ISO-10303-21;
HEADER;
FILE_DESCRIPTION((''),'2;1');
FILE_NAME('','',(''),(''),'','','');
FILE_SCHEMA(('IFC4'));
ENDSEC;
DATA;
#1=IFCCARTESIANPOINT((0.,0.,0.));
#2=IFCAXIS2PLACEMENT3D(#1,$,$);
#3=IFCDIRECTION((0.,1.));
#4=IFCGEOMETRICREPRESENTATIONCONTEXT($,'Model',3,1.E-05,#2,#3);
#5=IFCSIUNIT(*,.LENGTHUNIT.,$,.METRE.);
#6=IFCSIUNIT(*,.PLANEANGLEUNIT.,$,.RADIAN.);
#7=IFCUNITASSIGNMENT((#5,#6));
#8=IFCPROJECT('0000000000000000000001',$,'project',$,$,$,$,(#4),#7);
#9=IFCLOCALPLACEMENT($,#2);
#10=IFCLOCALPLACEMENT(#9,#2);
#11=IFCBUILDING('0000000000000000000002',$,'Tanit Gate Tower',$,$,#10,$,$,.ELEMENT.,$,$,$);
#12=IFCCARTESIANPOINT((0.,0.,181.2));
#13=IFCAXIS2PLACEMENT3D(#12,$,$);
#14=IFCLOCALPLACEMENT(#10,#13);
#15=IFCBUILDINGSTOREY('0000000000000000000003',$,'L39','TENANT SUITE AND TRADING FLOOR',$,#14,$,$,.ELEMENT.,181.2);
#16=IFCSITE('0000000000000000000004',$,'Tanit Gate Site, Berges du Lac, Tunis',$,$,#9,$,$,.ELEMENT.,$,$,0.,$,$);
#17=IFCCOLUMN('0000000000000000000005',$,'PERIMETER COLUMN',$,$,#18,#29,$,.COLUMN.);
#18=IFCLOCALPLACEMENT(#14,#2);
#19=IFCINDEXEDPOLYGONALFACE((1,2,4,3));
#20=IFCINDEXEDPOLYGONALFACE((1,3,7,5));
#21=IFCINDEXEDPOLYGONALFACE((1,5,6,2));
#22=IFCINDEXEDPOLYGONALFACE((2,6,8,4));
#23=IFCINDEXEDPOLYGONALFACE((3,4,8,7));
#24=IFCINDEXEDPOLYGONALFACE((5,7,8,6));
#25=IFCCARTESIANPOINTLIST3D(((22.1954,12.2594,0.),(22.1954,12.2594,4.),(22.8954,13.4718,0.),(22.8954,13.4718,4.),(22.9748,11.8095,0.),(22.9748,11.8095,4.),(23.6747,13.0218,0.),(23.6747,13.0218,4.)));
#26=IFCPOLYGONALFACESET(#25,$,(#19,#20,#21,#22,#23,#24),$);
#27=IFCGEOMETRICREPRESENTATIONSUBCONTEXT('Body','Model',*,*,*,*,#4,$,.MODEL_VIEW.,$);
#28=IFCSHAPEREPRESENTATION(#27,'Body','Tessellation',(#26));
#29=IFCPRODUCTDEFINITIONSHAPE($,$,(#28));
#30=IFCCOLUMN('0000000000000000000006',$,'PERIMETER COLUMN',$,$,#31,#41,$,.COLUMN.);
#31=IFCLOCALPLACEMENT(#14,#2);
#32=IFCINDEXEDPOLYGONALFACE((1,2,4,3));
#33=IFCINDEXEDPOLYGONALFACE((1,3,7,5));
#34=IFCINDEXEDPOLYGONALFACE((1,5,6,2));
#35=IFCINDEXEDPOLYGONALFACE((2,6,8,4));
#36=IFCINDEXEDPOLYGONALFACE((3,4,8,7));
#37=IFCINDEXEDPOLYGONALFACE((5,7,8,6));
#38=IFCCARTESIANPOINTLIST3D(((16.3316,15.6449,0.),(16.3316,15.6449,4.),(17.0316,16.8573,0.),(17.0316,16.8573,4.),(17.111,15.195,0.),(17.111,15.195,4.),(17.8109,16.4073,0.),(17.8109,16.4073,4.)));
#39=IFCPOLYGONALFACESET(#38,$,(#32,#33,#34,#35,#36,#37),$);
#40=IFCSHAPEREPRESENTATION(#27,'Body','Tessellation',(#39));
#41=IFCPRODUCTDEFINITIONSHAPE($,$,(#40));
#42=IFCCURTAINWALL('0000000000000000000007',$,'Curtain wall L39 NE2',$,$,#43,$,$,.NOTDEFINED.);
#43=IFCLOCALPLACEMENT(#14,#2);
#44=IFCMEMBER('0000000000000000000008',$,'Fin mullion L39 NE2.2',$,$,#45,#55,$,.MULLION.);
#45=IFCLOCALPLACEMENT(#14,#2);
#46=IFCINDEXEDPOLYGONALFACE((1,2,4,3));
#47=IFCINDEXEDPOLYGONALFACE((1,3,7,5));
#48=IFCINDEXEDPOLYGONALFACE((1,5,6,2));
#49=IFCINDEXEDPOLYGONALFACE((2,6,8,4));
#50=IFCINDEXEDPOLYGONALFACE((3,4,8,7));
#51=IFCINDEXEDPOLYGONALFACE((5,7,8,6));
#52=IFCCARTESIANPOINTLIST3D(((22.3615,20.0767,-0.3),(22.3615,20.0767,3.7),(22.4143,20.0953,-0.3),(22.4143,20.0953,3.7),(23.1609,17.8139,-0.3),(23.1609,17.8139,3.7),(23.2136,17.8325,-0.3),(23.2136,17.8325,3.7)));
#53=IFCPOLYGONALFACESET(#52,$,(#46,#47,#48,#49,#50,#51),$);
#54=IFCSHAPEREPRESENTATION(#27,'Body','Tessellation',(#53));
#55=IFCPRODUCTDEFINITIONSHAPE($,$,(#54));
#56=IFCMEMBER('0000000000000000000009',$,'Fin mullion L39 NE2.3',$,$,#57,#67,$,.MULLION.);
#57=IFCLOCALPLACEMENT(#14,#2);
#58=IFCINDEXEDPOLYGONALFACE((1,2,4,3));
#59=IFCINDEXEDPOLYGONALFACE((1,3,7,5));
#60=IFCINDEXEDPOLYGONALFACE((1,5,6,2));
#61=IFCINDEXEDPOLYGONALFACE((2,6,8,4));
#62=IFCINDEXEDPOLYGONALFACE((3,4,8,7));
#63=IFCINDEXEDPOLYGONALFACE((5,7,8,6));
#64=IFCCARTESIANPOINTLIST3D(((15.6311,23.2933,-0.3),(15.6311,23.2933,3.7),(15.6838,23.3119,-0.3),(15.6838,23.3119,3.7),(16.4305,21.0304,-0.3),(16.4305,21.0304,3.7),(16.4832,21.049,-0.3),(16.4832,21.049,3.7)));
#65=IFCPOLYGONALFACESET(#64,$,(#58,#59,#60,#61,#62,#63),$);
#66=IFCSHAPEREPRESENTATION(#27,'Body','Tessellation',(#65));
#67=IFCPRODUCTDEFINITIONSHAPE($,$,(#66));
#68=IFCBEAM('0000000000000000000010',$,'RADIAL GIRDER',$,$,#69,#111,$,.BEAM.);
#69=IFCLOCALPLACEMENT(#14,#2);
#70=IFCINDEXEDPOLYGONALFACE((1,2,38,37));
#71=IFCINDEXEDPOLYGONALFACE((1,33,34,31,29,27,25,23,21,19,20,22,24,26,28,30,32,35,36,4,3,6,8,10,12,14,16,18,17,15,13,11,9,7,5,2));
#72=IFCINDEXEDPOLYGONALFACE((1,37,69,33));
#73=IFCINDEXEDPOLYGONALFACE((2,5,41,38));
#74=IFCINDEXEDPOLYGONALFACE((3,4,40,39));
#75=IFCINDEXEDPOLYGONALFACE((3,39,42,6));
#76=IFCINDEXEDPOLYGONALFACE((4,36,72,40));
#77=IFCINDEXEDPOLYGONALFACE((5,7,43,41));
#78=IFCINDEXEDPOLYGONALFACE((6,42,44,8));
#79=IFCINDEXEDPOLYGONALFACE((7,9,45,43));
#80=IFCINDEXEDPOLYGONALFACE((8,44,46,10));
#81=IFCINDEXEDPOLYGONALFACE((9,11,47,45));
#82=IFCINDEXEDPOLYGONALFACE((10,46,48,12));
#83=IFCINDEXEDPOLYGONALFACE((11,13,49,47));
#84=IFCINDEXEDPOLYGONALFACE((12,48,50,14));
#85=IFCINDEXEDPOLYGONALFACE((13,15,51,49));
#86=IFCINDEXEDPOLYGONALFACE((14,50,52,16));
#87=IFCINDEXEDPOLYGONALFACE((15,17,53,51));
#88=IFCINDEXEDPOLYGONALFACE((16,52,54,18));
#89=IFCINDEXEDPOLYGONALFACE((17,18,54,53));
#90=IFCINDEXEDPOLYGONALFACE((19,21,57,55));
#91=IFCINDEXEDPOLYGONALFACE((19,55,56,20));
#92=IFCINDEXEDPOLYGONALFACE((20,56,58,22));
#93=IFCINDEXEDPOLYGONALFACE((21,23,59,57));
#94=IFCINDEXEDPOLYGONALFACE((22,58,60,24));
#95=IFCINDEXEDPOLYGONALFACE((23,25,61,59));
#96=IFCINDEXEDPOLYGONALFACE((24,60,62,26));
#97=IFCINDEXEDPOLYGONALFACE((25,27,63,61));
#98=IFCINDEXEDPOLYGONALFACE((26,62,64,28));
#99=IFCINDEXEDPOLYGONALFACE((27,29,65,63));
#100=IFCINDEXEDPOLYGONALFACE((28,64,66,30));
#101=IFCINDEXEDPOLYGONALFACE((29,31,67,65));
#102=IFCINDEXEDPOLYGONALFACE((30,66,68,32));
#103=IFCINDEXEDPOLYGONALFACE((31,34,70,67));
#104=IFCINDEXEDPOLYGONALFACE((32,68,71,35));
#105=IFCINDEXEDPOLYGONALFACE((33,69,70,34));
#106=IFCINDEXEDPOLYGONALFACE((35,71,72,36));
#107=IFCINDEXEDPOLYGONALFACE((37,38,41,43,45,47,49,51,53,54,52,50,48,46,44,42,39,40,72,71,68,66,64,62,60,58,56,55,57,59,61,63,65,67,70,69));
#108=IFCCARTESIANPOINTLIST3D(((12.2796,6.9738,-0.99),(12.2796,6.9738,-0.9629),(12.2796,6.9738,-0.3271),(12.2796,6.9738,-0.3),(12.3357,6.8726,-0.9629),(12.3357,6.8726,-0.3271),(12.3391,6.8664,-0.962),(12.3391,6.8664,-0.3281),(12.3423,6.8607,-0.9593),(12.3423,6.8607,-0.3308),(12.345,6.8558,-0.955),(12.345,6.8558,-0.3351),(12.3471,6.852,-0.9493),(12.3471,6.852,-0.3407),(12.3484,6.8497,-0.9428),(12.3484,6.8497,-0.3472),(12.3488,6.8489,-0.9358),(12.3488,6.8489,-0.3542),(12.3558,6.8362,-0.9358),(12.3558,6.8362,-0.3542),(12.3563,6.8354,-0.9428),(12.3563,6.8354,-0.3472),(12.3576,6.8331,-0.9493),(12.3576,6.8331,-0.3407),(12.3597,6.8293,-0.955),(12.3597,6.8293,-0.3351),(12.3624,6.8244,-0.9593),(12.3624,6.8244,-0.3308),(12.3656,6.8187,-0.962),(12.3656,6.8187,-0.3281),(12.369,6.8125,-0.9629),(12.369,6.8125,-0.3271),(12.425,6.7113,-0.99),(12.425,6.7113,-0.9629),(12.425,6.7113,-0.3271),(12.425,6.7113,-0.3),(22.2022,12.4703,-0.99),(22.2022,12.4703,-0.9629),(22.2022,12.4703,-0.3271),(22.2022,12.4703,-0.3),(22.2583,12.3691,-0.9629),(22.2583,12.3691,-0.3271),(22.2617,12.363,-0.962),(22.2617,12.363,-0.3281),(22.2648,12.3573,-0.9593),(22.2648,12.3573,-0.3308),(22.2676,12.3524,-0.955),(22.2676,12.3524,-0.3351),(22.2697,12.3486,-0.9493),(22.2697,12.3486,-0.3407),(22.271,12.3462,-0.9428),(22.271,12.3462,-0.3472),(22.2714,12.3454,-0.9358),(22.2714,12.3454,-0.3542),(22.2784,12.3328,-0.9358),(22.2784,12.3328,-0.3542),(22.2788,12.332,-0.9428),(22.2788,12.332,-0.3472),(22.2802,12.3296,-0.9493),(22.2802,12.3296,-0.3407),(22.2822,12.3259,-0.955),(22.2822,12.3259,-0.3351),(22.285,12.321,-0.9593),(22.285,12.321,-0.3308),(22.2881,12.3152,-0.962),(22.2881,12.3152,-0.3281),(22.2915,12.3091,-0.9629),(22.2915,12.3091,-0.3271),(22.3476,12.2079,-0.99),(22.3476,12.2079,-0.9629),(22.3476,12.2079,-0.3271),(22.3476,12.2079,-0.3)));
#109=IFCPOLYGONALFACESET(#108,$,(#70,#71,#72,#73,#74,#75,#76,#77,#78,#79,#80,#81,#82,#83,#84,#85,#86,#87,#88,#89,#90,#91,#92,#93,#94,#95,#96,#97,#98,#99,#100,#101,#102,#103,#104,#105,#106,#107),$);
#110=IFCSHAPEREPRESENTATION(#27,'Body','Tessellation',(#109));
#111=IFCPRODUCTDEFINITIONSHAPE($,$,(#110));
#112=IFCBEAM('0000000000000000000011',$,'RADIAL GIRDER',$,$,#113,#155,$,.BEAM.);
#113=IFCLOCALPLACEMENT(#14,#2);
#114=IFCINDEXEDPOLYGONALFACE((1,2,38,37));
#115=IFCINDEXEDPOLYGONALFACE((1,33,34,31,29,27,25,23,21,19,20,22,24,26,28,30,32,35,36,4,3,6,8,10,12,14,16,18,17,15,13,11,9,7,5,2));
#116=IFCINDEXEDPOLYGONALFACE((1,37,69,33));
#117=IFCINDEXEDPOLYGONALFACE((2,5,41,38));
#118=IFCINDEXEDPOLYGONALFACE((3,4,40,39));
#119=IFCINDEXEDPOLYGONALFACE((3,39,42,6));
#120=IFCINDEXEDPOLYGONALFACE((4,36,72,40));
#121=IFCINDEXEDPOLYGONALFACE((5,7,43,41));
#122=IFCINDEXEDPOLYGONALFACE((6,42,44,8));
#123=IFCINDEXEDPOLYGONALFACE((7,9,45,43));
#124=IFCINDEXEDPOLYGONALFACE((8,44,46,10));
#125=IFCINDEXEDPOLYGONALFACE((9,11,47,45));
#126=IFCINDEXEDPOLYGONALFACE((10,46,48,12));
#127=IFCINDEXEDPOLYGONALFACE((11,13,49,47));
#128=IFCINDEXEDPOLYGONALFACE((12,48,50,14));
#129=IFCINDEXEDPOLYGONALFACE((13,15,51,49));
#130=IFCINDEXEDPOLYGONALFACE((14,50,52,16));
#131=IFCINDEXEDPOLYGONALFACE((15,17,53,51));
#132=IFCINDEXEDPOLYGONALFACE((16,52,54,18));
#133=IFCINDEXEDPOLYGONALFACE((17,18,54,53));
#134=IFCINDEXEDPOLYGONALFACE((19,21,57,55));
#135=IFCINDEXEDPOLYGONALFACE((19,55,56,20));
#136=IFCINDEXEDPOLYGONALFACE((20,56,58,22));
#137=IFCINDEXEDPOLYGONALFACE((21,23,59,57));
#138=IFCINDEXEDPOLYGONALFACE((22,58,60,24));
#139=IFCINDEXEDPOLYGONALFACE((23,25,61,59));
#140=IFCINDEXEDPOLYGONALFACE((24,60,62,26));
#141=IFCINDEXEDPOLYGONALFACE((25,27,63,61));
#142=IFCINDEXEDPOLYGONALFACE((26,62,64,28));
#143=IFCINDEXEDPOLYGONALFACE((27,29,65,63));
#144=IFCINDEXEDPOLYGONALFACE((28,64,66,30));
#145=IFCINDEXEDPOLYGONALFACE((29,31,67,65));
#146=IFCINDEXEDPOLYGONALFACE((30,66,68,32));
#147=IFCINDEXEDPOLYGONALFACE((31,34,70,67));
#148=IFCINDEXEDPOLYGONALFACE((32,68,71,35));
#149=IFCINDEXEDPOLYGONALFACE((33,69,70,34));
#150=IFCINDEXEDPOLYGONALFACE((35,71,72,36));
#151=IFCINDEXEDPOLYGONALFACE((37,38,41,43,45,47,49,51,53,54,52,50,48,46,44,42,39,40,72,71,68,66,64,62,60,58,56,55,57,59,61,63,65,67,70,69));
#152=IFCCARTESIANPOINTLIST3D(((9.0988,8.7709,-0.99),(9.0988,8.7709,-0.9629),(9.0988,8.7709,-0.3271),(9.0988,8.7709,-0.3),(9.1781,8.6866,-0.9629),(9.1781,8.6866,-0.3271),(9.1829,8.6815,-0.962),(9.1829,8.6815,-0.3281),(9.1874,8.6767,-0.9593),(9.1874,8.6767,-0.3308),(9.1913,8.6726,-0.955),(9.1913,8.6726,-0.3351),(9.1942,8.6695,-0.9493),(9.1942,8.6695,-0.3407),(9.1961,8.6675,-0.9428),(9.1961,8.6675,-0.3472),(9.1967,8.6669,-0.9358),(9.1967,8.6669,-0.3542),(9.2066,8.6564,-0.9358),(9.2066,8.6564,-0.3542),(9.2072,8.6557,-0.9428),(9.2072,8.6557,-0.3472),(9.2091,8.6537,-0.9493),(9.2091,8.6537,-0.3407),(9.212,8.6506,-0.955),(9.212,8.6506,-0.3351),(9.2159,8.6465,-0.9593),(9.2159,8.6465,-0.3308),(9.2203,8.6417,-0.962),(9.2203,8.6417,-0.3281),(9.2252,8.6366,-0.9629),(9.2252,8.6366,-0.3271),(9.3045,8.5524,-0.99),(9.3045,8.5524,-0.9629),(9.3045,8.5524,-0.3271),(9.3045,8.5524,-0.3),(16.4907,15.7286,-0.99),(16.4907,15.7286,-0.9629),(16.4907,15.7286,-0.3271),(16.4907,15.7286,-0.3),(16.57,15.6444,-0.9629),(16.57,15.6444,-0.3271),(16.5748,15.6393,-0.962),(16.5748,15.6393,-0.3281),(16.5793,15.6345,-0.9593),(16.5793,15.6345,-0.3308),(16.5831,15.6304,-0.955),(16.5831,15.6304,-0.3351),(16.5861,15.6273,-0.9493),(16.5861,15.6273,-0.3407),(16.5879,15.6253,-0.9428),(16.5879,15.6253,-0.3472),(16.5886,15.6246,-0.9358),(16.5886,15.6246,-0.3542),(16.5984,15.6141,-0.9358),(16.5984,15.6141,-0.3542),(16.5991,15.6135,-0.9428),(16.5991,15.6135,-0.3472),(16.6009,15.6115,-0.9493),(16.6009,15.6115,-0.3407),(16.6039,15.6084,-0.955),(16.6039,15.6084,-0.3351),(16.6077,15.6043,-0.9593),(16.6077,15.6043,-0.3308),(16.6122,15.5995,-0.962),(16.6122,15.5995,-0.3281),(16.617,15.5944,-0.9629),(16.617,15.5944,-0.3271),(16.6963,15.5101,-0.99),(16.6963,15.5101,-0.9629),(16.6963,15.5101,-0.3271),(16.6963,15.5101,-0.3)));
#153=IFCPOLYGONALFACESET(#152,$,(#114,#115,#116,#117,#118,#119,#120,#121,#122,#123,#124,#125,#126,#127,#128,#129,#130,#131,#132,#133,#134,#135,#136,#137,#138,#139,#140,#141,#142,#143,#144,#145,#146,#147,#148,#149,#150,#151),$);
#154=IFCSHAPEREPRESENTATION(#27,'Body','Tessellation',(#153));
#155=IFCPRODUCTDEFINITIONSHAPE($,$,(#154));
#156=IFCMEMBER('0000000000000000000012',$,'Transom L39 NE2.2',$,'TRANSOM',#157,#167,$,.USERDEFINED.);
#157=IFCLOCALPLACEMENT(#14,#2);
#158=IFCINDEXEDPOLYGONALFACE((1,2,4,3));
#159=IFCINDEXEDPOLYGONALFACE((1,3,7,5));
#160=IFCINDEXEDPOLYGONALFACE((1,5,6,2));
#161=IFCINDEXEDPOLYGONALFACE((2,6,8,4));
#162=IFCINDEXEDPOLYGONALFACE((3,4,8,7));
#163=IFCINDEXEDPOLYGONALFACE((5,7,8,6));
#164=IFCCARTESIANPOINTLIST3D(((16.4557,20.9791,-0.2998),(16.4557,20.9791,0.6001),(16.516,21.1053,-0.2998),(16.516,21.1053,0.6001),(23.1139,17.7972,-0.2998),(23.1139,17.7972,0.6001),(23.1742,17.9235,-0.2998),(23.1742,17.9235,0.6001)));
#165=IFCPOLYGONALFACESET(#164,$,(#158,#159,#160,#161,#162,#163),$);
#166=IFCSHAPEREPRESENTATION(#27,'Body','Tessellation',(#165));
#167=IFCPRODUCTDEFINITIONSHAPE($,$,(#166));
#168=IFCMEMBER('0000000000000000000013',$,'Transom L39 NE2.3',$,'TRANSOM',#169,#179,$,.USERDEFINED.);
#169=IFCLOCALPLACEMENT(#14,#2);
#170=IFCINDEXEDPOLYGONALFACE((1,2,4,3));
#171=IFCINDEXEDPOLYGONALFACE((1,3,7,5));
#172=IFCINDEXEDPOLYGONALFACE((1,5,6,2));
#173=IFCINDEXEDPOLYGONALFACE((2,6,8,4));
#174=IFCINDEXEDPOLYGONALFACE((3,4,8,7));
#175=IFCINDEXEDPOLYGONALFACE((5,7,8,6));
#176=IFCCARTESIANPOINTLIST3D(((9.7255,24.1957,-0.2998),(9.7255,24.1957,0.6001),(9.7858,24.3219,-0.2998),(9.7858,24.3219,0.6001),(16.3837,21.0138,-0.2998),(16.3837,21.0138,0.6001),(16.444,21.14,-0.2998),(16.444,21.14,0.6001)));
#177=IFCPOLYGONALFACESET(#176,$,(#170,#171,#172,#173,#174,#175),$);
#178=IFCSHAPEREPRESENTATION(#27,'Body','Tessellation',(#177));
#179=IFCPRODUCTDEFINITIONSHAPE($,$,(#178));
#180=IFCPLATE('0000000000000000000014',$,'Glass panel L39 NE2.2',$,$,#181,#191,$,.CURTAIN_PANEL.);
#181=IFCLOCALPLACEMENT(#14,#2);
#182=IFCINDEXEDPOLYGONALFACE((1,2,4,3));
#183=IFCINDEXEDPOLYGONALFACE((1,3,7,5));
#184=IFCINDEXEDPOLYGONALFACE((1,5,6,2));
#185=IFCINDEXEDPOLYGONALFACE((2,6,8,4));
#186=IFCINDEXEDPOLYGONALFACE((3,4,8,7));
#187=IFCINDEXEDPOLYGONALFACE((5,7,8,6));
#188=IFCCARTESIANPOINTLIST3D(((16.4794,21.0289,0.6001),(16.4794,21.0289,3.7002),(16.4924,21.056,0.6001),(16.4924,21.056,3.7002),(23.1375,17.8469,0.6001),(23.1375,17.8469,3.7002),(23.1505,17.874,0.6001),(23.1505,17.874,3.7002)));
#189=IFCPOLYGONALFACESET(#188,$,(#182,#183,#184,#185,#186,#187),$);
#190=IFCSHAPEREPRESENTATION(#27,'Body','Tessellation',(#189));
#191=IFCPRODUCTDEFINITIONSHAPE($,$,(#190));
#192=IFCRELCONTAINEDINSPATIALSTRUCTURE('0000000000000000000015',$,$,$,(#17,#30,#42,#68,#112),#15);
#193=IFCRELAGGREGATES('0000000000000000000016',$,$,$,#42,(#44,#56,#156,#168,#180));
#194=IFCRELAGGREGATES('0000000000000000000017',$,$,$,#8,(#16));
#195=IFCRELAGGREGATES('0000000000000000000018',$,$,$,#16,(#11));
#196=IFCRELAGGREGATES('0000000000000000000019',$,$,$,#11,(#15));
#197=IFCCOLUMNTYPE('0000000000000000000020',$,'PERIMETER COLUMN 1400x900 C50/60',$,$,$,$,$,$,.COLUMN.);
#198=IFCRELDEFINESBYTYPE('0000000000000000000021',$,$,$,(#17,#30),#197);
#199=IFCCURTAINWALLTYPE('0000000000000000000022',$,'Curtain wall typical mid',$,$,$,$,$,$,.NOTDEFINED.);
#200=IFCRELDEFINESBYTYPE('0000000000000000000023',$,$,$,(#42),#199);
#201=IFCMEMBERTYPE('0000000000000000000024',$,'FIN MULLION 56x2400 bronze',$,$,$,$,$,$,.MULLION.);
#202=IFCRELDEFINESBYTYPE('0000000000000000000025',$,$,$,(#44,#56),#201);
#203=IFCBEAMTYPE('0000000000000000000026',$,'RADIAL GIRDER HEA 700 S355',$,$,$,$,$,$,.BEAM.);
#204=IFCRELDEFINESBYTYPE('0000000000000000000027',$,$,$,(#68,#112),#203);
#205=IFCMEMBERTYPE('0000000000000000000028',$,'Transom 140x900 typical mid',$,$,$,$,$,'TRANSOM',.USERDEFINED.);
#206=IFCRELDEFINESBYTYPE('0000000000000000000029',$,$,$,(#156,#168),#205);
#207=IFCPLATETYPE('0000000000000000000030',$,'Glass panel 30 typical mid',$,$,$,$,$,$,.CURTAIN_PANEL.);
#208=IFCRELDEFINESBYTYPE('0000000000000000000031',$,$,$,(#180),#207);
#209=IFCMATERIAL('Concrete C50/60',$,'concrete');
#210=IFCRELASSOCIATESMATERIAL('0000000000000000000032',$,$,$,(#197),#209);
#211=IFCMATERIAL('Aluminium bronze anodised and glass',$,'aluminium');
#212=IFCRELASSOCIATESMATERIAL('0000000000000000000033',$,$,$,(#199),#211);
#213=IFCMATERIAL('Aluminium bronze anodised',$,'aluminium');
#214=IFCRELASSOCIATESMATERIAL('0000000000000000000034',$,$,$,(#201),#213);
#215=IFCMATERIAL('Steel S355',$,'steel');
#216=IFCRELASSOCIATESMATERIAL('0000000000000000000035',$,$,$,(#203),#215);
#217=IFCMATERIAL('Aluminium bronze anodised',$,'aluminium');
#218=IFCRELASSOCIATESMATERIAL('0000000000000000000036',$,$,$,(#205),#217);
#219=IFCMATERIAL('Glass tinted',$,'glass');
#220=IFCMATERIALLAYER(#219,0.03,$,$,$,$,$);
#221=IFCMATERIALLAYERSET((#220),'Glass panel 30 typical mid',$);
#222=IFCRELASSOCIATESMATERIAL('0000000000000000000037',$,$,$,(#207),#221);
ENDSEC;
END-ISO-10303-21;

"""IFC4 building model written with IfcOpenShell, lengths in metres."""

from ifc_helpers import new_model, si_unit, direction, frame, origin, origin_2d, place, context, subcontext, project, spatial, rectangle, i_section, extrude, material, layer, layer_set, material_profile, profile_set, type_object, element, aggregate, save


model = new_model("IFC4")

# Units and contexts
model_context = context("Model", 3, precision=1e-05, world=origin(), true_north=direction((0.0, 1.0)))
body_context = subcontext(model_context, "Body", "Model", "MODEL_VIEW")
ifc_project = project(units=[si_unit("LENGTHUNIT", "METRE"), si_unit("PLANEANGLEUNIT", "RADIAN")], contexts=[model_context])

# Site, building, storey
site_placement = place(None, origin())
site = spatial("IfcSite", under=ifc_project, at=site_placement, Name="Tanit Gate Site, Berges du Lac, Tunis", CompositionType="ELEMENT", RefElevation=0.0)
building_placement = place(site_placement, origin())
building = spatial("IfcBuilding", under=site, at=building_placement, Name="Tanit Gate Tower", CompositionType="ELEMENT")
storey_placement = place(building_placement, frame((0.0, 0.0, 181.2)))
storey = spatial("IfcBuildingStorey", under=building, at=storey_placement, Name="L39", Description="TENANT SUITE AND TRADING FLOOR", CompositionType="ELEMENT", Elevation=181.2)

# Columns
ifc_material_1 = material(Name="Concrete C50/60", Category="concrete")
ifc_material_profile_1 = material_profile(ifc_material_1, rectangle(XDim=1.3999, YDim=0.8999, at=origin_2d()), Name="RC 1400x900")
ifc_profile_set_1 = profile_set([ifc_material_profile_1], Name="Concrete C50/60")
column_type = type_object("IfcColumnType", Name="PERIMETER COLUMN 1400x900 C50/60", PredefinedType="COLUMN", material=ifc_profile_set_1)
for number, where, z_axis, x_axis, name in (
    (1, (22.9351, 12.6406, 0.0), (0.0, 0.0, 1.0), (0.5, 0.866025, 0.0), "PERIMETER COLUMN"),
    (2, (17.0713, 16.0261, 0.0), (0.0, 0.0, 1.0), (0.5, 0.866025, 0.0), "PERIMETER COLUMN"),
):
    element("IfcColumn", number, at=place(storey_placement, frame(where, z_axis=z_axis, x_axis=x_axis)), inside=storey, type_object=column_type, Name=name, PredefinedType="COLUMN", context=body_context, shape_type="SweptSolid", body=[
        extrude(rectangle(XDim=1.3999, YDim=0.8999, at=origin_2d()), origin(), (0.0, 0.0, 1.0), 4.0),
    ])

# Curtain wall, members
ifc_material_2 = material(Name="Aluminium bronze anodised and glass", Category="aluminium")
curtain_wall_type = type_object("IfcCurtainWallType", Name="Curtain wall typical mid", PredefinedType="NOTDEFINED", material=ifc_material_2)
curtain_wall_placement = place(storey_placement, origin())
curtain_wall = element("IfcCurtainWall", 3, at=curtain_wall_placement, inside=storey, type_object=curtain_wall_type, Name="Curtain wall L39 NE2", PredefinedType="NOTDEFINED")
ifc_material_3 = material(Name="Aluminium bronze anodised", Category="aluminium")
ifc_material_profile_2 = material_profile(ifc_material_3, rectangle(XDim=2.3999, YDim=0.0559, at=origin_2d()), Name="56x2400 bronze fin mullion")
ifc_profile_set_2 = profile_set([ifc_material_profile_2], Name="Aluminium bronze anodised")
member_type_1 = type_object("IfcMemberType", Name="FIN MULLION 56x2400 bronze", PredefinedType="MULLION", material=ifc_profile_set_2)
member_1_placement = place(storey_placement, frame((22.7876, 18.9546, -0.3), z_axis=(0.0, 0.0, 1.0), x_axis=(0.33309, -0.942895, 0.0)))
member_1 = element("IfcMember", 4, at=member_1_placement, type_object=member_type_1, Name="Fin mullion L39 NE2.2", PredefinedType="MULLION", context=body_context, shape_type="SweptSolid", body=[
    extrude(rectangle(XDim=2.3999, YDim=0.0559, at=origin_2d()), origin(), (0.0, 0.0, 1.0), 4.0),
])
member_2_placement = place(storey_placement, frame((16.0571, 22.1711, -0.3), z_axis=(0.0, 0.0, 1.0), x_axis=(0.33309, -0.942895, 0.0)))
member_2 = element("IfcMember", 5, at=member_2_placement, type_object=member_type_1, Name="Fin mullion L39 NE2.3", PredefinedType="MULLION", context=body_context, shape_type="SweptSolid", body=[
    extrude(rectangle(XDim=2.3999, YDim=0.0559, at=origin_2d()), origin(), (0.0, 0.0, 1.0), 4.0),
])

# Beams
ifc_material_4 = material(Name="Steel S355", Category="steel")
ifc_material_profile_3 = material_profile(ifc_material_4, i_section(OverallWidth=0.3, OverallDepth=0.6899, WebThickness=0.0144, FlangeThickness=0.0271, FilletRadius=0.0271, at=origin_2d()), Name="HEA 700")
ifc_profile_set_3 = profile_set([ifc_material_profile_3], Name="Steel S355")
beam_type = type_object("IfcBeamType", Name="RADIAL GIRDER HEA 700 S355", PredefinedType="BEAM", material=ifc_profile_set_3)
beam_1_placement = place(storey_placement, frame((22.2749, 12.3391, -0.645), z_axis=(-0.874755, -0.484566, 0.0), x_axis=(0.484566, -0.874755, 0.0)))
element("IfcBeam", 6, at=beam_1_placement, inside=storey, type_object=beam_type, Name="RADIAL GIRDER", PredefinedType="BEAM", context=body_context, shape_type="SweptSolid", body=[
    extrude(i_section(OverallWidth=0.3, OverallDepth=0.6899, WebThickness=0.0144, FlangeThickness=0.0271, FilletRadius=0.0271, at=origin_2d()), origin(), (0.0, 0.0, 1.0), 11.3433),
])
beam_2_placement = place(storey_placement, frame((16.5935, 15.6194, -0.645), z_axis=(-0.728164, -0.685403, 0.0), x_axis=(0.685403, -0.728164, 0.0)))
element("IfcBeam", 7, at=beam_2_placement, inside=storey, type_object=beam_type, Name="RADIAL GIRDER", PredefinedType="BEAM", context=body_context, shape_type="SweptSolid", body=[
    extrude(i_section(OverallWidth=0.3, OverallDepth=0.6899, WebThickness=0.0144, FlangeThickness=0.0271, FilletRadius=0.0271, at=origin_2d()), origin(), (0.0, 0.0, 1.0), 10.1514),
])

# Members
ifc_material_5 = material(Name="Aluminium bronze anodised", Category="aluminium")
ifc_material_profile_4 = material_profile(ifc_material_5, rectangle(XDim=0.1399, YDim=0.8999, at=origin_2d()), Name="140x900 bronze transom")
ifc_profile_set_4 = profile_set([ifc_material_profile_4], Name="Aluminium bronze anodised")
member_type_2 = type_object("IfcMemberType", Name="Transom 140x900 typical mid", ElementType="TRANSOM", PredefinedType="USERDEFINED", material=ifc_profile_set_4)
member_3_placement = place(storey_placement, frame((23.144, 17.8604, 0.1501), z_axis=(-0.902265, 0.431183, 0.0), x_axis=(-0.431183, -0.902265, 0.0)))
member_3 = element("IfcMember", 8, at=member_3_placement, type_object=member_type_2, Name="Transom L39 NE2.2", ObjectType="TRANSOM", PredefinedType="USERDEFINED", context=body_context, shape_type="SweptSolid", body=[
    extrude(rectangle(XDim=0.1399, YDim=0.8999, at=origin_2d()), origin(), (0.0, 0.0, 1.0), 7.3794),
])
member_4_placement = place(storey_placement, frame((16.4138, 21.0769, 0.1501), z_axis=(-0.902265, 0.431183, 0.0), x_axis=(-0.431183, -0.902265, 0.0)))
member_4 = element("IfcMember", 9, at=member_4_placement, type_object=member_type_2, Name="Transom L39 NE2.3", ObjectType="TRANSOM", PredefinedType="USERDEFINED", context=body_context, shape_type="SweptSolid", body=[
    extrude(rectangle(XDim=0.1399, YDim=0.8999, at=origin_2d()), origin(), (0.0, 0.0, 1.0), 7.3794),
])

# Plate
ifc_material_6 = material(Name="Glass tinted", Category="glass")
ifc_layer_1 = layer(ifc_material_6, 0.03)
ifc_layer_set_1 = layer_set([ifc_layer_1], Name="Glass panel 30 typical mid")
plate_type = type_object("IfcPlateType", Name="Glass panel 30 typical mid", PredefinedType="CURTAIN_PANEL", material=ifc_layer_set_1)
plate_1_placement = place(storey_placement, frame((19.8149, 19.4514, 0.6001), z_axis=(0.0, 0.0, 1.0), x_axis=(-0.902258, 0.431197, 0.0)))
plate_1 = element("IfcPlate", 10, at=plate_1_placement, type_object=plate_type, Name="Glass panel L39 NE2.2", PredefinedType="CURTAIN_PANEL", context=body_context, shape_type="SweptSolid", body=[
    extrude(rectangle(XDim=7.3794, YDim=0.03, at=origin_2d()), origin(), (0.0, 0.0, 1.0), 3.1001),
])
aggregate(curtain_wall, [member_1, member_2, member_3, member_4, plate_1])

save(model, "model.ifc")
